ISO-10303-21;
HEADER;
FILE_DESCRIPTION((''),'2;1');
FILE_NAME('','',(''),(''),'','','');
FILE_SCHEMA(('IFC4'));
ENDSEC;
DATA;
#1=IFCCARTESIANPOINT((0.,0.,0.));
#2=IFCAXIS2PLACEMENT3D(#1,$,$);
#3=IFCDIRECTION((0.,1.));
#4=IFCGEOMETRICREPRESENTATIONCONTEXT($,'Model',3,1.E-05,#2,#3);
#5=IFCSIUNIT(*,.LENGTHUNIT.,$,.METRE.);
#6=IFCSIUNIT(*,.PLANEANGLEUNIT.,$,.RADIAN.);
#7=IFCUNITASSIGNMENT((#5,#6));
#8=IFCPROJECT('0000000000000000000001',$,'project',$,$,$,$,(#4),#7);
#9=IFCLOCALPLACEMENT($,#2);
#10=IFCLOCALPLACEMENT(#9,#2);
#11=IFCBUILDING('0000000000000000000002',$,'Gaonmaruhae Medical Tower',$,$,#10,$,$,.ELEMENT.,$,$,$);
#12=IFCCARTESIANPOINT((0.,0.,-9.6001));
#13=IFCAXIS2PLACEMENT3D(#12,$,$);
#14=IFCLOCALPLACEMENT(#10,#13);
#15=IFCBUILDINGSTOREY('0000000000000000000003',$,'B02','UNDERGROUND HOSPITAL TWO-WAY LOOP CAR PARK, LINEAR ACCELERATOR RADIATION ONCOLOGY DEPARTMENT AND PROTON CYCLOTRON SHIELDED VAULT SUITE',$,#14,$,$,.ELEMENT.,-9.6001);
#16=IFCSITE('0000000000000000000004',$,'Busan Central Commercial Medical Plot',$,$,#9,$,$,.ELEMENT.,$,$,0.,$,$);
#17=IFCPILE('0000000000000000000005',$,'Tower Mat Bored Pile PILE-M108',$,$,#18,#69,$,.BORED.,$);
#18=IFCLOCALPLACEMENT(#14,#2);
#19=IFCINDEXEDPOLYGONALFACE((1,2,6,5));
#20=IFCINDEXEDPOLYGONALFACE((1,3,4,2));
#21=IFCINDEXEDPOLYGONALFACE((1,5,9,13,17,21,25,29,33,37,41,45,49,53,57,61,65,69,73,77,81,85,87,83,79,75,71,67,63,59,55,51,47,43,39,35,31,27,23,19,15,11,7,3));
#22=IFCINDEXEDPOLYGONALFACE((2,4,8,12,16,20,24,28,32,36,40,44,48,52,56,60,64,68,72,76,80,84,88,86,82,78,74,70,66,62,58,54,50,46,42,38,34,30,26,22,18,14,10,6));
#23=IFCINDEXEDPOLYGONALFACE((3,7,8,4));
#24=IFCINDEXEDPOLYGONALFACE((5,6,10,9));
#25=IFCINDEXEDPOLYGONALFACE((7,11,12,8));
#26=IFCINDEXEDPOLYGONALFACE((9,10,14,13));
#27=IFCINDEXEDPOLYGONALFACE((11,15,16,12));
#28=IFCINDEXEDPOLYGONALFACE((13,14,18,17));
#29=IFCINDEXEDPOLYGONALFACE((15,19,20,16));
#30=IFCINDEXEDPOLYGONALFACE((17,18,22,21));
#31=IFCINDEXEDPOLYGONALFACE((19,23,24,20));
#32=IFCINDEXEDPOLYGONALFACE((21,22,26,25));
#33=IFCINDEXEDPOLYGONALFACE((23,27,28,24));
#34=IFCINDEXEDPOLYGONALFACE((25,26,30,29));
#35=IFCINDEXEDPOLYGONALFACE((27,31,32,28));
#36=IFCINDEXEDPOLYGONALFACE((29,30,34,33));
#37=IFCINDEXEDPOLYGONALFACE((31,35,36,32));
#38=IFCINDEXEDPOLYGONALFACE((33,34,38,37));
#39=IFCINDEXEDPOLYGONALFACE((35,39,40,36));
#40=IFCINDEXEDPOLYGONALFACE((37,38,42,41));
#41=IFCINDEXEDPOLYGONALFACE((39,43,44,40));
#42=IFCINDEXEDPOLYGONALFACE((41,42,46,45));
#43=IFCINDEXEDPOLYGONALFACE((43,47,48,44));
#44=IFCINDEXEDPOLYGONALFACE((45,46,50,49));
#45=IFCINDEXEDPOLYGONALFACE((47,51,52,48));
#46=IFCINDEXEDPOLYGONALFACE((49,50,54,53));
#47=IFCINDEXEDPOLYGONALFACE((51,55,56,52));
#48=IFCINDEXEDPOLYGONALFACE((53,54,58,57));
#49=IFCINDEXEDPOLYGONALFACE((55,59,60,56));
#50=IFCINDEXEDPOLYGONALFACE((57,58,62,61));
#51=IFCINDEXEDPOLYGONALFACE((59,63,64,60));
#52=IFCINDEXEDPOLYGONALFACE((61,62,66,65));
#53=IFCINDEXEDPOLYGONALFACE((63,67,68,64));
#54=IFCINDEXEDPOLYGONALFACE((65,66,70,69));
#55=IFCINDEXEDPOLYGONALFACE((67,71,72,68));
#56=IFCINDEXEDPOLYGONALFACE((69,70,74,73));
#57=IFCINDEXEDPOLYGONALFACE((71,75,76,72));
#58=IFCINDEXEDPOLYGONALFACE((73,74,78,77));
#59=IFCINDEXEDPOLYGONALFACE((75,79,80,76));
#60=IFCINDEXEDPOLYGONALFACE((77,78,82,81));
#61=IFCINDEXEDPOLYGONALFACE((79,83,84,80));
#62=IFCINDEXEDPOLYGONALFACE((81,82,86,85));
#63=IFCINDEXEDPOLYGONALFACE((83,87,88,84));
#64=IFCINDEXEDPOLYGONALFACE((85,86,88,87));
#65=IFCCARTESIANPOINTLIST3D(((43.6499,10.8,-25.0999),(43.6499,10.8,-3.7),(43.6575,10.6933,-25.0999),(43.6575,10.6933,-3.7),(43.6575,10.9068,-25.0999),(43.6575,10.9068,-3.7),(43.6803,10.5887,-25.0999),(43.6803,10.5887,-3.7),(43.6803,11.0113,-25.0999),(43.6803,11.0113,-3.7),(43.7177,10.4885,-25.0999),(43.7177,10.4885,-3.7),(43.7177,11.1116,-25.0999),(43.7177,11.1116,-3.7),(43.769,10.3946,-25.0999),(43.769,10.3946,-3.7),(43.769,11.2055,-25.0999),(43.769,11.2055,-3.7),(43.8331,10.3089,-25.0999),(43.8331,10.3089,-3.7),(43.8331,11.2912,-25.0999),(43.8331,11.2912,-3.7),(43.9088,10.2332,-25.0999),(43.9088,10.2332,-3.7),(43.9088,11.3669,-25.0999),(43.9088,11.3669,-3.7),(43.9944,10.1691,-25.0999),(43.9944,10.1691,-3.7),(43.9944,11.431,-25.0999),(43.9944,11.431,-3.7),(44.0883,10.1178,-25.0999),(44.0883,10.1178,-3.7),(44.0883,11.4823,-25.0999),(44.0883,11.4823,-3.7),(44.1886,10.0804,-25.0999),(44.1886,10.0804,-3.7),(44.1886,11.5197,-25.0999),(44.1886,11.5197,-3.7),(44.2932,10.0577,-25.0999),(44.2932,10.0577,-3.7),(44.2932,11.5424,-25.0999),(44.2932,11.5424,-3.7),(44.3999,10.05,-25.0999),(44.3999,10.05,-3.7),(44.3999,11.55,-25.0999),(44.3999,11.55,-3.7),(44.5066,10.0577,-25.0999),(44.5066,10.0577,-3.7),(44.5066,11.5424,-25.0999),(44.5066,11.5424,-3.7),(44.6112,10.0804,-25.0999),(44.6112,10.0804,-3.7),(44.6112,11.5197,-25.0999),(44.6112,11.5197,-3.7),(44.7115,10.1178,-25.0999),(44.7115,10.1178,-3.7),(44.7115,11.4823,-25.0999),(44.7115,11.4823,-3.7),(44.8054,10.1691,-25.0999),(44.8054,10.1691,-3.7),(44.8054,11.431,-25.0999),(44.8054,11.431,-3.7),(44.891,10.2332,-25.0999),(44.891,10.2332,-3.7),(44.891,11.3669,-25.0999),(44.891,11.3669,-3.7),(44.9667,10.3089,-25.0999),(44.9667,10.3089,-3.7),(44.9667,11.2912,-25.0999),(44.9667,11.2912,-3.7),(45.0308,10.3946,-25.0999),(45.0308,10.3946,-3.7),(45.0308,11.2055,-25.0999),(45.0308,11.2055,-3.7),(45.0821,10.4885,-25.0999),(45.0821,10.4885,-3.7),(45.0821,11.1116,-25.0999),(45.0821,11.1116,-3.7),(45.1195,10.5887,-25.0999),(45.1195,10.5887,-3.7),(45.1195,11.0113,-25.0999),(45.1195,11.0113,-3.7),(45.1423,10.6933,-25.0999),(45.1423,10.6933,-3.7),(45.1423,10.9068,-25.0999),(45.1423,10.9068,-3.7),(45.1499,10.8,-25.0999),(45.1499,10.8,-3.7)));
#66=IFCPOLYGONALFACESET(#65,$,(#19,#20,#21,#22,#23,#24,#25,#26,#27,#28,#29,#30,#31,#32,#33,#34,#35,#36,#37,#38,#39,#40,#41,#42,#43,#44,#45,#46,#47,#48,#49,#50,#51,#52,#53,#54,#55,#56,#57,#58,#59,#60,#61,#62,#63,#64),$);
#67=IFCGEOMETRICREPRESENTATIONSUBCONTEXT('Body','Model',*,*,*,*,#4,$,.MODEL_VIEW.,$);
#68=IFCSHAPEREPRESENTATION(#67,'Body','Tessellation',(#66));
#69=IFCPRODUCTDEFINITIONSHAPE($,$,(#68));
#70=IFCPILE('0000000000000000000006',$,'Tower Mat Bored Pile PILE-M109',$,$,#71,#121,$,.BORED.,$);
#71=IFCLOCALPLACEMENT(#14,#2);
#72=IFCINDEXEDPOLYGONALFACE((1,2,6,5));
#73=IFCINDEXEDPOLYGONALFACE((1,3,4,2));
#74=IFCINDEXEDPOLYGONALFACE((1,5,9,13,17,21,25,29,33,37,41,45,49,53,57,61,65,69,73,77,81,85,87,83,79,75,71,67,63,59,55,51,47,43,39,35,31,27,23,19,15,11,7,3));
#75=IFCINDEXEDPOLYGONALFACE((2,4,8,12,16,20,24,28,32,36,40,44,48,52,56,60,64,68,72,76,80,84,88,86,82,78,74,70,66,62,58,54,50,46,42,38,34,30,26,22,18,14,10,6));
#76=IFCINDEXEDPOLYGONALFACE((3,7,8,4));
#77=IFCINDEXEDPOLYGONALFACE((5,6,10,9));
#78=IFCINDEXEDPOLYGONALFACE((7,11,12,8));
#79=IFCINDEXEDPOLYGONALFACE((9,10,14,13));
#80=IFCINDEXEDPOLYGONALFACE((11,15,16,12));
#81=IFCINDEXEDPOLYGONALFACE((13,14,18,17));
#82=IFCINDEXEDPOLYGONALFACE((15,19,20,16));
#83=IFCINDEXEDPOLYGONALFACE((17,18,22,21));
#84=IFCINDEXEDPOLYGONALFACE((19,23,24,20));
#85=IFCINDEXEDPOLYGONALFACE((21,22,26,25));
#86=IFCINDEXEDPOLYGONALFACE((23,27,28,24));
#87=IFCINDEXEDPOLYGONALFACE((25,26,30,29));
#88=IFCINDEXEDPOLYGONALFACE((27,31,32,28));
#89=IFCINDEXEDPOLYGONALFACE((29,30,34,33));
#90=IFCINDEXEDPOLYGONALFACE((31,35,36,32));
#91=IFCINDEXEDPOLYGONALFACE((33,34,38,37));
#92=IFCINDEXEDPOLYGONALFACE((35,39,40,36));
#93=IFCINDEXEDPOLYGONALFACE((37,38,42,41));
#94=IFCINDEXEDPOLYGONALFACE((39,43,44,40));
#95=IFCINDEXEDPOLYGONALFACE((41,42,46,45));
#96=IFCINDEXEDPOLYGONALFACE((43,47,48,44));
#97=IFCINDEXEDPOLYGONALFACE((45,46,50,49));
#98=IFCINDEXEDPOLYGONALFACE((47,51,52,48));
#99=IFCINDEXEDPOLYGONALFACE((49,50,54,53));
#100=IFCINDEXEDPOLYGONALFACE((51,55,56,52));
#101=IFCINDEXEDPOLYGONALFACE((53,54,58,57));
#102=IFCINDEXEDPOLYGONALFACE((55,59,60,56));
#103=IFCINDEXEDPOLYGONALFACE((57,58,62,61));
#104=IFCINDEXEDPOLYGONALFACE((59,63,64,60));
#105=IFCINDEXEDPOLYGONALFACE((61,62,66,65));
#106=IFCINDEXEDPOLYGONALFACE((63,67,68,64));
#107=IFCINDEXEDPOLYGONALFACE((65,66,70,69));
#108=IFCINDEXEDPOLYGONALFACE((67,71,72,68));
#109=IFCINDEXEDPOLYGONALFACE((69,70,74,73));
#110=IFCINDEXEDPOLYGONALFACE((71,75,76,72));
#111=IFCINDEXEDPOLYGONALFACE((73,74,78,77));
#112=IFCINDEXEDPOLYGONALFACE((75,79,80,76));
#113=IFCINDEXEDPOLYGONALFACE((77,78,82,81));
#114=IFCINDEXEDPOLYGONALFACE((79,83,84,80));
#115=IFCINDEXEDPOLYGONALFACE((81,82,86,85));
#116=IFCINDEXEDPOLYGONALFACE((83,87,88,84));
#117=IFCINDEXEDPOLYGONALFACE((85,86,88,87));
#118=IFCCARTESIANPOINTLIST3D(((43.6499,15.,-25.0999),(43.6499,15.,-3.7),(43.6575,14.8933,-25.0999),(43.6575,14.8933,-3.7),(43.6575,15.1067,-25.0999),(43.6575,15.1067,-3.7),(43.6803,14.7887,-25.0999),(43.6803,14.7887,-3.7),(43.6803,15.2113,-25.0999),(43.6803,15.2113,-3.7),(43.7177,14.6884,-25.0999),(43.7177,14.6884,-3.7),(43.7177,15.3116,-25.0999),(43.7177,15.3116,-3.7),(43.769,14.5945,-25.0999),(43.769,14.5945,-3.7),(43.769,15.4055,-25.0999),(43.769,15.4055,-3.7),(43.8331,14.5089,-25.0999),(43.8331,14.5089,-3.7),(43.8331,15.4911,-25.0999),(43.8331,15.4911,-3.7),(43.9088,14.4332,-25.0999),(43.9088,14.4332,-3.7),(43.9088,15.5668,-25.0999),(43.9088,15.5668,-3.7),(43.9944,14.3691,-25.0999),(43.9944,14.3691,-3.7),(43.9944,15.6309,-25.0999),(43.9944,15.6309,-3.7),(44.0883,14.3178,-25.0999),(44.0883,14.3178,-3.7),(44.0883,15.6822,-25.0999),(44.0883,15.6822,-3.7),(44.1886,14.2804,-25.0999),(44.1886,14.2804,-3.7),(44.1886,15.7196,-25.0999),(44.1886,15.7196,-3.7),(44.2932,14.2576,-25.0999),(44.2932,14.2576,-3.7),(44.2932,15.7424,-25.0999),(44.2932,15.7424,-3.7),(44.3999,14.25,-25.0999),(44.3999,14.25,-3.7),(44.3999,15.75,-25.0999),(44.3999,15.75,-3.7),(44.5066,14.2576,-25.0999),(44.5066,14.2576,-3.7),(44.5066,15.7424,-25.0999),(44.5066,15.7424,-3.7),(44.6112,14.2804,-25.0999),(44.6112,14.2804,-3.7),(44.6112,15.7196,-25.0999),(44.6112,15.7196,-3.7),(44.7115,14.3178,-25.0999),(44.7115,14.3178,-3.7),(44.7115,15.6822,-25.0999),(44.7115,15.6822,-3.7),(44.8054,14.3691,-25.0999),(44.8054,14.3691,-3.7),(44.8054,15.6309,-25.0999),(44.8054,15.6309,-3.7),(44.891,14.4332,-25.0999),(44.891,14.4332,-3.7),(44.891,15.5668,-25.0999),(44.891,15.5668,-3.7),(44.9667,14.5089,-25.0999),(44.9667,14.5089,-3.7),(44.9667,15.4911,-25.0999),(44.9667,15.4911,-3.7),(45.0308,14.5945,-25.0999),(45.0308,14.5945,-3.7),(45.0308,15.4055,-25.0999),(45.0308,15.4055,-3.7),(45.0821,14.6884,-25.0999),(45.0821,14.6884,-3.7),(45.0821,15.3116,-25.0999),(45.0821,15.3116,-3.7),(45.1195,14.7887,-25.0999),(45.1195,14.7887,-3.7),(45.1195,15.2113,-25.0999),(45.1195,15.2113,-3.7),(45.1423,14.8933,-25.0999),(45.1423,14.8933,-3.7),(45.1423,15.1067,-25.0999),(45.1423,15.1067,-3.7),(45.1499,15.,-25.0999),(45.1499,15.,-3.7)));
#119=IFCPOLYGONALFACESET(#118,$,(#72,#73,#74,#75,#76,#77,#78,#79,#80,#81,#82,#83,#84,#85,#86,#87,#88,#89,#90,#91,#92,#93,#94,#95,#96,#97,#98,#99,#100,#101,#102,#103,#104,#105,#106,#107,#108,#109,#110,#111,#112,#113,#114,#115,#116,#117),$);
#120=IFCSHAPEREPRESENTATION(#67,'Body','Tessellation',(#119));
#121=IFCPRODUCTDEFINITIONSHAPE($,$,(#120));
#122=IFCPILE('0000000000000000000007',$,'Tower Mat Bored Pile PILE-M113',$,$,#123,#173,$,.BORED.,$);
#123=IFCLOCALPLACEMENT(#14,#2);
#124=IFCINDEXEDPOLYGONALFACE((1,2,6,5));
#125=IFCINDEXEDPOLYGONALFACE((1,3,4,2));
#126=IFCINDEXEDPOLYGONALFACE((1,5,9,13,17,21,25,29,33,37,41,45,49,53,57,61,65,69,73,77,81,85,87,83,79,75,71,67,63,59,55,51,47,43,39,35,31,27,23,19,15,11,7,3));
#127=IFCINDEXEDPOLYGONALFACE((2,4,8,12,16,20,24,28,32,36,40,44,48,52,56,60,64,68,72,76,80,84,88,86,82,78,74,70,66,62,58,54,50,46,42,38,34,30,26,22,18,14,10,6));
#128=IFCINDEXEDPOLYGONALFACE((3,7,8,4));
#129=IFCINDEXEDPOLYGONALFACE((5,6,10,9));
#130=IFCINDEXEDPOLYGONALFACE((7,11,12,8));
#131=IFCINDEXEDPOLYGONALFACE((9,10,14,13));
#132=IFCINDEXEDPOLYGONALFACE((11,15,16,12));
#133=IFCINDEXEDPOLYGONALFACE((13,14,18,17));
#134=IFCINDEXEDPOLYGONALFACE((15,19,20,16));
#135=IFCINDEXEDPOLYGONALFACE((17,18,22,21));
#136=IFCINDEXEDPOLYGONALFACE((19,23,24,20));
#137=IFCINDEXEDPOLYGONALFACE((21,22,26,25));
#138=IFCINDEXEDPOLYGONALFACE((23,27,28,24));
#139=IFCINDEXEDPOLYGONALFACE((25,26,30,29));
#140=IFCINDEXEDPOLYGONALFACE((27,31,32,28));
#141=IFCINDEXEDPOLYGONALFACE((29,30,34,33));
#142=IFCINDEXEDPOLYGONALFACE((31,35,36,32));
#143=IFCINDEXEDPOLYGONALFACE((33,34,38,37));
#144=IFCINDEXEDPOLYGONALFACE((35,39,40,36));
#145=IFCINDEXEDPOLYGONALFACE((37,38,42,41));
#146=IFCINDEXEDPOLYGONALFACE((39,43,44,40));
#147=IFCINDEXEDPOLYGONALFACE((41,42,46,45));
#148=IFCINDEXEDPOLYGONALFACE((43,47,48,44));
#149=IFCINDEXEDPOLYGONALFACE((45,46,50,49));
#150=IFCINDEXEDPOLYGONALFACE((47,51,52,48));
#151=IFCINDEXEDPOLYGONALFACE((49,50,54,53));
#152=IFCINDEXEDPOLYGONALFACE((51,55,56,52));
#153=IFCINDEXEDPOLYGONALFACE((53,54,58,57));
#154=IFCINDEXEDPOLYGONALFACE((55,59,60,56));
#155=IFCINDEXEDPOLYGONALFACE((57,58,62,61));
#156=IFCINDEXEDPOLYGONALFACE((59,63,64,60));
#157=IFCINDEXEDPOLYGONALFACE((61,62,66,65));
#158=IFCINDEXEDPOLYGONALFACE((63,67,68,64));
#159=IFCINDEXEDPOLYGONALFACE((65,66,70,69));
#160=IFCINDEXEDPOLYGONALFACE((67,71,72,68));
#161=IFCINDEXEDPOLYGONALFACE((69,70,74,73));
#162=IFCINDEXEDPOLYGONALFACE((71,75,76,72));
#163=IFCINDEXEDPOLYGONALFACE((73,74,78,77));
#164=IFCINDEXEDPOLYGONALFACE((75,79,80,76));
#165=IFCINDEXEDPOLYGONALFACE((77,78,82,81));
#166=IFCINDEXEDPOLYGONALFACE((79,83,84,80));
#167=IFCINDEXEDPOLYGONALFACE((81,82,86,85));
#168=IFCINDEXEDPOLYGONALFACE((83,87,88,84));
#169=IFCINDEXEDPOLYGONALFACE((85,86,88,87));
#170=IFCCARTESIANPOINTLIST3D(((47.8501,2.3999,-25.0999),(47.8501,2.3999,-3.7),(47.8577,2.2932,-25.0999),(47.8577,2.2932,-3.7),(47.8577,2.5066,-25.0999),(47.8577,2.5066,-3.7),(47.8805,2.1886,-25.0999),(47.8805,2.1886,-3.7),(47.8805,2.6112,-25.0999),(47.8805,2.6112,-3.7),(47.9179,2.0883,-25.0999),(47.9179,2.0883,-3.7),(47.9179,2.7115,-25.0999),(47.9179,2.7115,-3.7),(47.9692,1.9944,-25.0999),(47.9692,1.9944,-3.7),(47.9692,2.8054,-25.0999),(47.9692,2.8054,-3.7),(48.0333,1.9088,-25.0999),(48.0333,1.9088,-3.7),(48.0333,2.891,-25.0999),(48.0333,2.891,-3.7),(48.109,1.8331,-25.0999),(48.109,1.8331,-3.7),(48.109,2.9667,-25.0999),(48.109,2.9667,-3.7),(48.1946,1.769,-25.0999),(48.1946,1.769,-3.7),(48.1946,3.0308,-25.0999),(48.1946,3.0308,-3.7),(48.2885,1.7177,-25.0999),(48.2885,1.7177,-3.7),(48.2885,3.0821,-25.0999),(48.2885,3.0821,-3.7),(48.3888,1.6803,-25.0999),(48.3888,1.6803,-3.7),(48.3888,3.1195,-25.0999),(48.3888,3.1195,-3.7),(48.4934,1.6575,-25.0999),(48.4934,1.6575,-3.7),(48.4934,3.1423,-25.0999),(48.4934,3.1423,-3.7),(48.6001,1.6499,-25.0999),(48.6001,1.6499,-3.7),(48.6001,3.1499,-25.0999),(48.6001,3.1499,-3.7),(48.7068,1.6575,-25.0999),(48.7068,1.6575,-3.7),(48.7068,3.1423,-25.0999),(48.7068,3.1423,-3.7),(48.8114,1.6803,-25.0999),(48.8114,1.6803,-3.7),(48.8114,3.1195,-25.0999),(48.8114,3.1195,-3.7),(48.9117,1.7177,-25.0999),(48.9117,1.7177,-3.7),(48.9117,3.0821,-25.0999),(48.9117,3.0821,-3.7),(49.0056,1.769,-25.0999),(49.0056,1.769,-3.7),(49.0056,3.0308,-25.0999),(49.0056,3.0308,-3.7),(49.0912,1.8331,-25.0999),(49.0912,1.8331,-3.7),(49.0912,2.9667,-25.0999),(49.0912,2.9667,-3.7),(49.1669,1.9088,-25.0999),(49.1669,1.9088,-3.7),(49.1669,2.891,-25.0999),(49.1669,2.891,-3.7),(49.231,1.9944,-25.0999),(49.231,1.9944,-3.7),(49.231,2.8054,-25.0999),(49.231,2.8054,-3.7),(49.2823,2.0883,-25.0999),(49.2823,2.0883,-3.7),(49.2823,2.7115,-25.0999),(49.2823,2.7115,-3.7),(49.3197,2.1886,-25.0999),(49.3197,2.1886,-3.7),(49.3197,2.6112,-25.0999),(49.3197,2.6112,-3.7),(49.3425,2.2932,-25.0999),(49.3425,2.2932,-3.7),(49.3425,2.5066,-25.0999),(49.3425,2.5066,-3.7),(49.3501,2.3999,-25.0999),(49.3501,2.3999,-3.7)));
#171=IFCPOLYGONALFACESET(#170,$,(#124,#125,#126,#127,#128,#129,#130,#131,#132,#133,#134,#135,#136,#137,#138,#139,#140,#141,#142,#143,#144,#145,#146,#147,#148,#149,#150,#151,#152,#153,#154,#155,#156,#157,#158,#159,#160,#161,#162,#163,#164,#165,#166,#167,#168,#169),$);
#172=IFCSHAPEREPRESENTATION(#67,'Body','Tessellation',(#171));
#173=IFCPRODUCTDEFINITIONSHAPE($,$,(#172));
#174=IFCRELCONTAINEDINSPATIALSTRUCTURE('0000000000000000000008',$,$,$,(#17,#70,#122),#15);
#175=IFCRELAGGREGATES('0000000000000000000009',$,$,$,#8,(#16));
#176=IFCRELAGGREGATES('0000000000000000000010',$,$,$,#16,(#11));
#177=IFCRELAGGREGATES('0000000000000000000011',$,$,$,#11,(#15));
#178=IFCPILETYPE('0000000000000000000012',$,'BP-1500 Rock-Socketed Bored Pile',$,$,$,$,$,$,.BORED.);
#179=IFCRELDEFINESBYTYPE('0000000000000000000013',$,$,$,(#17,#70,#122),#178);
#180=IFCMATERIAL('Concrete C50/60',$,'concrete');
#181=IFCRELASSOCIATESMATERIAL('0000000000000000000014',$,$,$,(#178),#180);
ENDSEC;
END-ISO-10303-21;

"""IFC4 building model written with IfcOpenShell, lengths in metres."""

from ifc_helpers import new_model, si_unit, direction, frame, origin, origin_2d, place, context, subcontext, project, spatial, circle, extrude, material, material_profile, profile_set, type_object, element, save


model = new_model("IFC4")

# Units and contexts
model_context = context("Model", 3, precision=1e-05, world=origin(), true_north=direction((0.0, 1.0)))
body_context = subcontext(model_context, "Body", "Model", "MODEL_VIEW")
ifc_project = project(units=[si_unit("LENGTHUNIT", "METRE"), si_unit("PLANEANGLEUNIT", "RADIAN")], contexts=[model_context])

# Site, building, storey
site_placement = place(None, origin())
site = spatial("IfcSite", under=ifc_project, at=site_placement, Name="Busan Central Commercial Medical Plot", CompositionType="ELEMENT", RefElevation=0.0)
building_placement = place(site_placement, origin())
building = spatial("IfcBuilding", under=site, at=building_placement, Name="Gaonmaruhae Medical Tower", CompositionType="ELEMENT")
storey_placement = place(building_placement, frame((0.0, 0.0, -9.6001)))
storey = spatial("IfcBuildingStorey", under=building, at=storey_placement, Name="B02", Description="UNDERGROUND HOSPITAL TWO-WAY LOOP CAR PARK, LINEAR ACCELERATOR RADIATION ONCOLOGY DEPARTMENT AND PROTON CYCLOTRON SHIELDED VAULT SUITE", CompositionType="ELEMENT", Elevation=-9.6001)

# Piles
ifc_material_1 = material(Name="Concrete C50/60", Category="concrete")
ifc_material_profile_1 = material_profile(ifc_material_1, circle(Radius=0.75, at=origin_2d()), Name="PILE-D1500")
ifc_profile_set_1 = profile_set([ifc_material_profile_1], Name="Concrete C50/60")
pile_type = type_object("IfcPileType", Name="BP-1500 Rock-Socketed Bored Pile", PredefinedType="BORED", material=ifc_profile_set_1)
for number, where, z_axis, x_axis, name in (
    (1, (44.3999, 10.8, -3.7), (0.0, 0.0, -1.0), (1.0, 0.0, 0.0), "Tower Mat Bored Pile PILE-M108"),
    (2, (44.3999, 15.0, -3.7), (0.0, 0.0, -1.0), (1.0, 0.0, 0.0), "Tower Mat Bored Pile PILE-M109"),
    (3, (48.6001, 2.3999, -3.7), (0.0, 0.0, -1.0), (1.0, 0.0, 0.0), "Tower Mat Bored Pile PILE-M113"),
):
    element("IfcPile", number, at=place(storey_placement, frame(where, z_axis=z_axis, x_axis=x_axis)), inside=storey, type_object=pile_type, Name=name, PredefinedType="BORED", context=body_context, shape_type="SweptSolid", body=[
        extrude(circle(Radius=0.75, at=origin_2d()), origin(), (0.0, 0.0, 1.0), 21.3999),
    ])

save(model, "model.ifc")
